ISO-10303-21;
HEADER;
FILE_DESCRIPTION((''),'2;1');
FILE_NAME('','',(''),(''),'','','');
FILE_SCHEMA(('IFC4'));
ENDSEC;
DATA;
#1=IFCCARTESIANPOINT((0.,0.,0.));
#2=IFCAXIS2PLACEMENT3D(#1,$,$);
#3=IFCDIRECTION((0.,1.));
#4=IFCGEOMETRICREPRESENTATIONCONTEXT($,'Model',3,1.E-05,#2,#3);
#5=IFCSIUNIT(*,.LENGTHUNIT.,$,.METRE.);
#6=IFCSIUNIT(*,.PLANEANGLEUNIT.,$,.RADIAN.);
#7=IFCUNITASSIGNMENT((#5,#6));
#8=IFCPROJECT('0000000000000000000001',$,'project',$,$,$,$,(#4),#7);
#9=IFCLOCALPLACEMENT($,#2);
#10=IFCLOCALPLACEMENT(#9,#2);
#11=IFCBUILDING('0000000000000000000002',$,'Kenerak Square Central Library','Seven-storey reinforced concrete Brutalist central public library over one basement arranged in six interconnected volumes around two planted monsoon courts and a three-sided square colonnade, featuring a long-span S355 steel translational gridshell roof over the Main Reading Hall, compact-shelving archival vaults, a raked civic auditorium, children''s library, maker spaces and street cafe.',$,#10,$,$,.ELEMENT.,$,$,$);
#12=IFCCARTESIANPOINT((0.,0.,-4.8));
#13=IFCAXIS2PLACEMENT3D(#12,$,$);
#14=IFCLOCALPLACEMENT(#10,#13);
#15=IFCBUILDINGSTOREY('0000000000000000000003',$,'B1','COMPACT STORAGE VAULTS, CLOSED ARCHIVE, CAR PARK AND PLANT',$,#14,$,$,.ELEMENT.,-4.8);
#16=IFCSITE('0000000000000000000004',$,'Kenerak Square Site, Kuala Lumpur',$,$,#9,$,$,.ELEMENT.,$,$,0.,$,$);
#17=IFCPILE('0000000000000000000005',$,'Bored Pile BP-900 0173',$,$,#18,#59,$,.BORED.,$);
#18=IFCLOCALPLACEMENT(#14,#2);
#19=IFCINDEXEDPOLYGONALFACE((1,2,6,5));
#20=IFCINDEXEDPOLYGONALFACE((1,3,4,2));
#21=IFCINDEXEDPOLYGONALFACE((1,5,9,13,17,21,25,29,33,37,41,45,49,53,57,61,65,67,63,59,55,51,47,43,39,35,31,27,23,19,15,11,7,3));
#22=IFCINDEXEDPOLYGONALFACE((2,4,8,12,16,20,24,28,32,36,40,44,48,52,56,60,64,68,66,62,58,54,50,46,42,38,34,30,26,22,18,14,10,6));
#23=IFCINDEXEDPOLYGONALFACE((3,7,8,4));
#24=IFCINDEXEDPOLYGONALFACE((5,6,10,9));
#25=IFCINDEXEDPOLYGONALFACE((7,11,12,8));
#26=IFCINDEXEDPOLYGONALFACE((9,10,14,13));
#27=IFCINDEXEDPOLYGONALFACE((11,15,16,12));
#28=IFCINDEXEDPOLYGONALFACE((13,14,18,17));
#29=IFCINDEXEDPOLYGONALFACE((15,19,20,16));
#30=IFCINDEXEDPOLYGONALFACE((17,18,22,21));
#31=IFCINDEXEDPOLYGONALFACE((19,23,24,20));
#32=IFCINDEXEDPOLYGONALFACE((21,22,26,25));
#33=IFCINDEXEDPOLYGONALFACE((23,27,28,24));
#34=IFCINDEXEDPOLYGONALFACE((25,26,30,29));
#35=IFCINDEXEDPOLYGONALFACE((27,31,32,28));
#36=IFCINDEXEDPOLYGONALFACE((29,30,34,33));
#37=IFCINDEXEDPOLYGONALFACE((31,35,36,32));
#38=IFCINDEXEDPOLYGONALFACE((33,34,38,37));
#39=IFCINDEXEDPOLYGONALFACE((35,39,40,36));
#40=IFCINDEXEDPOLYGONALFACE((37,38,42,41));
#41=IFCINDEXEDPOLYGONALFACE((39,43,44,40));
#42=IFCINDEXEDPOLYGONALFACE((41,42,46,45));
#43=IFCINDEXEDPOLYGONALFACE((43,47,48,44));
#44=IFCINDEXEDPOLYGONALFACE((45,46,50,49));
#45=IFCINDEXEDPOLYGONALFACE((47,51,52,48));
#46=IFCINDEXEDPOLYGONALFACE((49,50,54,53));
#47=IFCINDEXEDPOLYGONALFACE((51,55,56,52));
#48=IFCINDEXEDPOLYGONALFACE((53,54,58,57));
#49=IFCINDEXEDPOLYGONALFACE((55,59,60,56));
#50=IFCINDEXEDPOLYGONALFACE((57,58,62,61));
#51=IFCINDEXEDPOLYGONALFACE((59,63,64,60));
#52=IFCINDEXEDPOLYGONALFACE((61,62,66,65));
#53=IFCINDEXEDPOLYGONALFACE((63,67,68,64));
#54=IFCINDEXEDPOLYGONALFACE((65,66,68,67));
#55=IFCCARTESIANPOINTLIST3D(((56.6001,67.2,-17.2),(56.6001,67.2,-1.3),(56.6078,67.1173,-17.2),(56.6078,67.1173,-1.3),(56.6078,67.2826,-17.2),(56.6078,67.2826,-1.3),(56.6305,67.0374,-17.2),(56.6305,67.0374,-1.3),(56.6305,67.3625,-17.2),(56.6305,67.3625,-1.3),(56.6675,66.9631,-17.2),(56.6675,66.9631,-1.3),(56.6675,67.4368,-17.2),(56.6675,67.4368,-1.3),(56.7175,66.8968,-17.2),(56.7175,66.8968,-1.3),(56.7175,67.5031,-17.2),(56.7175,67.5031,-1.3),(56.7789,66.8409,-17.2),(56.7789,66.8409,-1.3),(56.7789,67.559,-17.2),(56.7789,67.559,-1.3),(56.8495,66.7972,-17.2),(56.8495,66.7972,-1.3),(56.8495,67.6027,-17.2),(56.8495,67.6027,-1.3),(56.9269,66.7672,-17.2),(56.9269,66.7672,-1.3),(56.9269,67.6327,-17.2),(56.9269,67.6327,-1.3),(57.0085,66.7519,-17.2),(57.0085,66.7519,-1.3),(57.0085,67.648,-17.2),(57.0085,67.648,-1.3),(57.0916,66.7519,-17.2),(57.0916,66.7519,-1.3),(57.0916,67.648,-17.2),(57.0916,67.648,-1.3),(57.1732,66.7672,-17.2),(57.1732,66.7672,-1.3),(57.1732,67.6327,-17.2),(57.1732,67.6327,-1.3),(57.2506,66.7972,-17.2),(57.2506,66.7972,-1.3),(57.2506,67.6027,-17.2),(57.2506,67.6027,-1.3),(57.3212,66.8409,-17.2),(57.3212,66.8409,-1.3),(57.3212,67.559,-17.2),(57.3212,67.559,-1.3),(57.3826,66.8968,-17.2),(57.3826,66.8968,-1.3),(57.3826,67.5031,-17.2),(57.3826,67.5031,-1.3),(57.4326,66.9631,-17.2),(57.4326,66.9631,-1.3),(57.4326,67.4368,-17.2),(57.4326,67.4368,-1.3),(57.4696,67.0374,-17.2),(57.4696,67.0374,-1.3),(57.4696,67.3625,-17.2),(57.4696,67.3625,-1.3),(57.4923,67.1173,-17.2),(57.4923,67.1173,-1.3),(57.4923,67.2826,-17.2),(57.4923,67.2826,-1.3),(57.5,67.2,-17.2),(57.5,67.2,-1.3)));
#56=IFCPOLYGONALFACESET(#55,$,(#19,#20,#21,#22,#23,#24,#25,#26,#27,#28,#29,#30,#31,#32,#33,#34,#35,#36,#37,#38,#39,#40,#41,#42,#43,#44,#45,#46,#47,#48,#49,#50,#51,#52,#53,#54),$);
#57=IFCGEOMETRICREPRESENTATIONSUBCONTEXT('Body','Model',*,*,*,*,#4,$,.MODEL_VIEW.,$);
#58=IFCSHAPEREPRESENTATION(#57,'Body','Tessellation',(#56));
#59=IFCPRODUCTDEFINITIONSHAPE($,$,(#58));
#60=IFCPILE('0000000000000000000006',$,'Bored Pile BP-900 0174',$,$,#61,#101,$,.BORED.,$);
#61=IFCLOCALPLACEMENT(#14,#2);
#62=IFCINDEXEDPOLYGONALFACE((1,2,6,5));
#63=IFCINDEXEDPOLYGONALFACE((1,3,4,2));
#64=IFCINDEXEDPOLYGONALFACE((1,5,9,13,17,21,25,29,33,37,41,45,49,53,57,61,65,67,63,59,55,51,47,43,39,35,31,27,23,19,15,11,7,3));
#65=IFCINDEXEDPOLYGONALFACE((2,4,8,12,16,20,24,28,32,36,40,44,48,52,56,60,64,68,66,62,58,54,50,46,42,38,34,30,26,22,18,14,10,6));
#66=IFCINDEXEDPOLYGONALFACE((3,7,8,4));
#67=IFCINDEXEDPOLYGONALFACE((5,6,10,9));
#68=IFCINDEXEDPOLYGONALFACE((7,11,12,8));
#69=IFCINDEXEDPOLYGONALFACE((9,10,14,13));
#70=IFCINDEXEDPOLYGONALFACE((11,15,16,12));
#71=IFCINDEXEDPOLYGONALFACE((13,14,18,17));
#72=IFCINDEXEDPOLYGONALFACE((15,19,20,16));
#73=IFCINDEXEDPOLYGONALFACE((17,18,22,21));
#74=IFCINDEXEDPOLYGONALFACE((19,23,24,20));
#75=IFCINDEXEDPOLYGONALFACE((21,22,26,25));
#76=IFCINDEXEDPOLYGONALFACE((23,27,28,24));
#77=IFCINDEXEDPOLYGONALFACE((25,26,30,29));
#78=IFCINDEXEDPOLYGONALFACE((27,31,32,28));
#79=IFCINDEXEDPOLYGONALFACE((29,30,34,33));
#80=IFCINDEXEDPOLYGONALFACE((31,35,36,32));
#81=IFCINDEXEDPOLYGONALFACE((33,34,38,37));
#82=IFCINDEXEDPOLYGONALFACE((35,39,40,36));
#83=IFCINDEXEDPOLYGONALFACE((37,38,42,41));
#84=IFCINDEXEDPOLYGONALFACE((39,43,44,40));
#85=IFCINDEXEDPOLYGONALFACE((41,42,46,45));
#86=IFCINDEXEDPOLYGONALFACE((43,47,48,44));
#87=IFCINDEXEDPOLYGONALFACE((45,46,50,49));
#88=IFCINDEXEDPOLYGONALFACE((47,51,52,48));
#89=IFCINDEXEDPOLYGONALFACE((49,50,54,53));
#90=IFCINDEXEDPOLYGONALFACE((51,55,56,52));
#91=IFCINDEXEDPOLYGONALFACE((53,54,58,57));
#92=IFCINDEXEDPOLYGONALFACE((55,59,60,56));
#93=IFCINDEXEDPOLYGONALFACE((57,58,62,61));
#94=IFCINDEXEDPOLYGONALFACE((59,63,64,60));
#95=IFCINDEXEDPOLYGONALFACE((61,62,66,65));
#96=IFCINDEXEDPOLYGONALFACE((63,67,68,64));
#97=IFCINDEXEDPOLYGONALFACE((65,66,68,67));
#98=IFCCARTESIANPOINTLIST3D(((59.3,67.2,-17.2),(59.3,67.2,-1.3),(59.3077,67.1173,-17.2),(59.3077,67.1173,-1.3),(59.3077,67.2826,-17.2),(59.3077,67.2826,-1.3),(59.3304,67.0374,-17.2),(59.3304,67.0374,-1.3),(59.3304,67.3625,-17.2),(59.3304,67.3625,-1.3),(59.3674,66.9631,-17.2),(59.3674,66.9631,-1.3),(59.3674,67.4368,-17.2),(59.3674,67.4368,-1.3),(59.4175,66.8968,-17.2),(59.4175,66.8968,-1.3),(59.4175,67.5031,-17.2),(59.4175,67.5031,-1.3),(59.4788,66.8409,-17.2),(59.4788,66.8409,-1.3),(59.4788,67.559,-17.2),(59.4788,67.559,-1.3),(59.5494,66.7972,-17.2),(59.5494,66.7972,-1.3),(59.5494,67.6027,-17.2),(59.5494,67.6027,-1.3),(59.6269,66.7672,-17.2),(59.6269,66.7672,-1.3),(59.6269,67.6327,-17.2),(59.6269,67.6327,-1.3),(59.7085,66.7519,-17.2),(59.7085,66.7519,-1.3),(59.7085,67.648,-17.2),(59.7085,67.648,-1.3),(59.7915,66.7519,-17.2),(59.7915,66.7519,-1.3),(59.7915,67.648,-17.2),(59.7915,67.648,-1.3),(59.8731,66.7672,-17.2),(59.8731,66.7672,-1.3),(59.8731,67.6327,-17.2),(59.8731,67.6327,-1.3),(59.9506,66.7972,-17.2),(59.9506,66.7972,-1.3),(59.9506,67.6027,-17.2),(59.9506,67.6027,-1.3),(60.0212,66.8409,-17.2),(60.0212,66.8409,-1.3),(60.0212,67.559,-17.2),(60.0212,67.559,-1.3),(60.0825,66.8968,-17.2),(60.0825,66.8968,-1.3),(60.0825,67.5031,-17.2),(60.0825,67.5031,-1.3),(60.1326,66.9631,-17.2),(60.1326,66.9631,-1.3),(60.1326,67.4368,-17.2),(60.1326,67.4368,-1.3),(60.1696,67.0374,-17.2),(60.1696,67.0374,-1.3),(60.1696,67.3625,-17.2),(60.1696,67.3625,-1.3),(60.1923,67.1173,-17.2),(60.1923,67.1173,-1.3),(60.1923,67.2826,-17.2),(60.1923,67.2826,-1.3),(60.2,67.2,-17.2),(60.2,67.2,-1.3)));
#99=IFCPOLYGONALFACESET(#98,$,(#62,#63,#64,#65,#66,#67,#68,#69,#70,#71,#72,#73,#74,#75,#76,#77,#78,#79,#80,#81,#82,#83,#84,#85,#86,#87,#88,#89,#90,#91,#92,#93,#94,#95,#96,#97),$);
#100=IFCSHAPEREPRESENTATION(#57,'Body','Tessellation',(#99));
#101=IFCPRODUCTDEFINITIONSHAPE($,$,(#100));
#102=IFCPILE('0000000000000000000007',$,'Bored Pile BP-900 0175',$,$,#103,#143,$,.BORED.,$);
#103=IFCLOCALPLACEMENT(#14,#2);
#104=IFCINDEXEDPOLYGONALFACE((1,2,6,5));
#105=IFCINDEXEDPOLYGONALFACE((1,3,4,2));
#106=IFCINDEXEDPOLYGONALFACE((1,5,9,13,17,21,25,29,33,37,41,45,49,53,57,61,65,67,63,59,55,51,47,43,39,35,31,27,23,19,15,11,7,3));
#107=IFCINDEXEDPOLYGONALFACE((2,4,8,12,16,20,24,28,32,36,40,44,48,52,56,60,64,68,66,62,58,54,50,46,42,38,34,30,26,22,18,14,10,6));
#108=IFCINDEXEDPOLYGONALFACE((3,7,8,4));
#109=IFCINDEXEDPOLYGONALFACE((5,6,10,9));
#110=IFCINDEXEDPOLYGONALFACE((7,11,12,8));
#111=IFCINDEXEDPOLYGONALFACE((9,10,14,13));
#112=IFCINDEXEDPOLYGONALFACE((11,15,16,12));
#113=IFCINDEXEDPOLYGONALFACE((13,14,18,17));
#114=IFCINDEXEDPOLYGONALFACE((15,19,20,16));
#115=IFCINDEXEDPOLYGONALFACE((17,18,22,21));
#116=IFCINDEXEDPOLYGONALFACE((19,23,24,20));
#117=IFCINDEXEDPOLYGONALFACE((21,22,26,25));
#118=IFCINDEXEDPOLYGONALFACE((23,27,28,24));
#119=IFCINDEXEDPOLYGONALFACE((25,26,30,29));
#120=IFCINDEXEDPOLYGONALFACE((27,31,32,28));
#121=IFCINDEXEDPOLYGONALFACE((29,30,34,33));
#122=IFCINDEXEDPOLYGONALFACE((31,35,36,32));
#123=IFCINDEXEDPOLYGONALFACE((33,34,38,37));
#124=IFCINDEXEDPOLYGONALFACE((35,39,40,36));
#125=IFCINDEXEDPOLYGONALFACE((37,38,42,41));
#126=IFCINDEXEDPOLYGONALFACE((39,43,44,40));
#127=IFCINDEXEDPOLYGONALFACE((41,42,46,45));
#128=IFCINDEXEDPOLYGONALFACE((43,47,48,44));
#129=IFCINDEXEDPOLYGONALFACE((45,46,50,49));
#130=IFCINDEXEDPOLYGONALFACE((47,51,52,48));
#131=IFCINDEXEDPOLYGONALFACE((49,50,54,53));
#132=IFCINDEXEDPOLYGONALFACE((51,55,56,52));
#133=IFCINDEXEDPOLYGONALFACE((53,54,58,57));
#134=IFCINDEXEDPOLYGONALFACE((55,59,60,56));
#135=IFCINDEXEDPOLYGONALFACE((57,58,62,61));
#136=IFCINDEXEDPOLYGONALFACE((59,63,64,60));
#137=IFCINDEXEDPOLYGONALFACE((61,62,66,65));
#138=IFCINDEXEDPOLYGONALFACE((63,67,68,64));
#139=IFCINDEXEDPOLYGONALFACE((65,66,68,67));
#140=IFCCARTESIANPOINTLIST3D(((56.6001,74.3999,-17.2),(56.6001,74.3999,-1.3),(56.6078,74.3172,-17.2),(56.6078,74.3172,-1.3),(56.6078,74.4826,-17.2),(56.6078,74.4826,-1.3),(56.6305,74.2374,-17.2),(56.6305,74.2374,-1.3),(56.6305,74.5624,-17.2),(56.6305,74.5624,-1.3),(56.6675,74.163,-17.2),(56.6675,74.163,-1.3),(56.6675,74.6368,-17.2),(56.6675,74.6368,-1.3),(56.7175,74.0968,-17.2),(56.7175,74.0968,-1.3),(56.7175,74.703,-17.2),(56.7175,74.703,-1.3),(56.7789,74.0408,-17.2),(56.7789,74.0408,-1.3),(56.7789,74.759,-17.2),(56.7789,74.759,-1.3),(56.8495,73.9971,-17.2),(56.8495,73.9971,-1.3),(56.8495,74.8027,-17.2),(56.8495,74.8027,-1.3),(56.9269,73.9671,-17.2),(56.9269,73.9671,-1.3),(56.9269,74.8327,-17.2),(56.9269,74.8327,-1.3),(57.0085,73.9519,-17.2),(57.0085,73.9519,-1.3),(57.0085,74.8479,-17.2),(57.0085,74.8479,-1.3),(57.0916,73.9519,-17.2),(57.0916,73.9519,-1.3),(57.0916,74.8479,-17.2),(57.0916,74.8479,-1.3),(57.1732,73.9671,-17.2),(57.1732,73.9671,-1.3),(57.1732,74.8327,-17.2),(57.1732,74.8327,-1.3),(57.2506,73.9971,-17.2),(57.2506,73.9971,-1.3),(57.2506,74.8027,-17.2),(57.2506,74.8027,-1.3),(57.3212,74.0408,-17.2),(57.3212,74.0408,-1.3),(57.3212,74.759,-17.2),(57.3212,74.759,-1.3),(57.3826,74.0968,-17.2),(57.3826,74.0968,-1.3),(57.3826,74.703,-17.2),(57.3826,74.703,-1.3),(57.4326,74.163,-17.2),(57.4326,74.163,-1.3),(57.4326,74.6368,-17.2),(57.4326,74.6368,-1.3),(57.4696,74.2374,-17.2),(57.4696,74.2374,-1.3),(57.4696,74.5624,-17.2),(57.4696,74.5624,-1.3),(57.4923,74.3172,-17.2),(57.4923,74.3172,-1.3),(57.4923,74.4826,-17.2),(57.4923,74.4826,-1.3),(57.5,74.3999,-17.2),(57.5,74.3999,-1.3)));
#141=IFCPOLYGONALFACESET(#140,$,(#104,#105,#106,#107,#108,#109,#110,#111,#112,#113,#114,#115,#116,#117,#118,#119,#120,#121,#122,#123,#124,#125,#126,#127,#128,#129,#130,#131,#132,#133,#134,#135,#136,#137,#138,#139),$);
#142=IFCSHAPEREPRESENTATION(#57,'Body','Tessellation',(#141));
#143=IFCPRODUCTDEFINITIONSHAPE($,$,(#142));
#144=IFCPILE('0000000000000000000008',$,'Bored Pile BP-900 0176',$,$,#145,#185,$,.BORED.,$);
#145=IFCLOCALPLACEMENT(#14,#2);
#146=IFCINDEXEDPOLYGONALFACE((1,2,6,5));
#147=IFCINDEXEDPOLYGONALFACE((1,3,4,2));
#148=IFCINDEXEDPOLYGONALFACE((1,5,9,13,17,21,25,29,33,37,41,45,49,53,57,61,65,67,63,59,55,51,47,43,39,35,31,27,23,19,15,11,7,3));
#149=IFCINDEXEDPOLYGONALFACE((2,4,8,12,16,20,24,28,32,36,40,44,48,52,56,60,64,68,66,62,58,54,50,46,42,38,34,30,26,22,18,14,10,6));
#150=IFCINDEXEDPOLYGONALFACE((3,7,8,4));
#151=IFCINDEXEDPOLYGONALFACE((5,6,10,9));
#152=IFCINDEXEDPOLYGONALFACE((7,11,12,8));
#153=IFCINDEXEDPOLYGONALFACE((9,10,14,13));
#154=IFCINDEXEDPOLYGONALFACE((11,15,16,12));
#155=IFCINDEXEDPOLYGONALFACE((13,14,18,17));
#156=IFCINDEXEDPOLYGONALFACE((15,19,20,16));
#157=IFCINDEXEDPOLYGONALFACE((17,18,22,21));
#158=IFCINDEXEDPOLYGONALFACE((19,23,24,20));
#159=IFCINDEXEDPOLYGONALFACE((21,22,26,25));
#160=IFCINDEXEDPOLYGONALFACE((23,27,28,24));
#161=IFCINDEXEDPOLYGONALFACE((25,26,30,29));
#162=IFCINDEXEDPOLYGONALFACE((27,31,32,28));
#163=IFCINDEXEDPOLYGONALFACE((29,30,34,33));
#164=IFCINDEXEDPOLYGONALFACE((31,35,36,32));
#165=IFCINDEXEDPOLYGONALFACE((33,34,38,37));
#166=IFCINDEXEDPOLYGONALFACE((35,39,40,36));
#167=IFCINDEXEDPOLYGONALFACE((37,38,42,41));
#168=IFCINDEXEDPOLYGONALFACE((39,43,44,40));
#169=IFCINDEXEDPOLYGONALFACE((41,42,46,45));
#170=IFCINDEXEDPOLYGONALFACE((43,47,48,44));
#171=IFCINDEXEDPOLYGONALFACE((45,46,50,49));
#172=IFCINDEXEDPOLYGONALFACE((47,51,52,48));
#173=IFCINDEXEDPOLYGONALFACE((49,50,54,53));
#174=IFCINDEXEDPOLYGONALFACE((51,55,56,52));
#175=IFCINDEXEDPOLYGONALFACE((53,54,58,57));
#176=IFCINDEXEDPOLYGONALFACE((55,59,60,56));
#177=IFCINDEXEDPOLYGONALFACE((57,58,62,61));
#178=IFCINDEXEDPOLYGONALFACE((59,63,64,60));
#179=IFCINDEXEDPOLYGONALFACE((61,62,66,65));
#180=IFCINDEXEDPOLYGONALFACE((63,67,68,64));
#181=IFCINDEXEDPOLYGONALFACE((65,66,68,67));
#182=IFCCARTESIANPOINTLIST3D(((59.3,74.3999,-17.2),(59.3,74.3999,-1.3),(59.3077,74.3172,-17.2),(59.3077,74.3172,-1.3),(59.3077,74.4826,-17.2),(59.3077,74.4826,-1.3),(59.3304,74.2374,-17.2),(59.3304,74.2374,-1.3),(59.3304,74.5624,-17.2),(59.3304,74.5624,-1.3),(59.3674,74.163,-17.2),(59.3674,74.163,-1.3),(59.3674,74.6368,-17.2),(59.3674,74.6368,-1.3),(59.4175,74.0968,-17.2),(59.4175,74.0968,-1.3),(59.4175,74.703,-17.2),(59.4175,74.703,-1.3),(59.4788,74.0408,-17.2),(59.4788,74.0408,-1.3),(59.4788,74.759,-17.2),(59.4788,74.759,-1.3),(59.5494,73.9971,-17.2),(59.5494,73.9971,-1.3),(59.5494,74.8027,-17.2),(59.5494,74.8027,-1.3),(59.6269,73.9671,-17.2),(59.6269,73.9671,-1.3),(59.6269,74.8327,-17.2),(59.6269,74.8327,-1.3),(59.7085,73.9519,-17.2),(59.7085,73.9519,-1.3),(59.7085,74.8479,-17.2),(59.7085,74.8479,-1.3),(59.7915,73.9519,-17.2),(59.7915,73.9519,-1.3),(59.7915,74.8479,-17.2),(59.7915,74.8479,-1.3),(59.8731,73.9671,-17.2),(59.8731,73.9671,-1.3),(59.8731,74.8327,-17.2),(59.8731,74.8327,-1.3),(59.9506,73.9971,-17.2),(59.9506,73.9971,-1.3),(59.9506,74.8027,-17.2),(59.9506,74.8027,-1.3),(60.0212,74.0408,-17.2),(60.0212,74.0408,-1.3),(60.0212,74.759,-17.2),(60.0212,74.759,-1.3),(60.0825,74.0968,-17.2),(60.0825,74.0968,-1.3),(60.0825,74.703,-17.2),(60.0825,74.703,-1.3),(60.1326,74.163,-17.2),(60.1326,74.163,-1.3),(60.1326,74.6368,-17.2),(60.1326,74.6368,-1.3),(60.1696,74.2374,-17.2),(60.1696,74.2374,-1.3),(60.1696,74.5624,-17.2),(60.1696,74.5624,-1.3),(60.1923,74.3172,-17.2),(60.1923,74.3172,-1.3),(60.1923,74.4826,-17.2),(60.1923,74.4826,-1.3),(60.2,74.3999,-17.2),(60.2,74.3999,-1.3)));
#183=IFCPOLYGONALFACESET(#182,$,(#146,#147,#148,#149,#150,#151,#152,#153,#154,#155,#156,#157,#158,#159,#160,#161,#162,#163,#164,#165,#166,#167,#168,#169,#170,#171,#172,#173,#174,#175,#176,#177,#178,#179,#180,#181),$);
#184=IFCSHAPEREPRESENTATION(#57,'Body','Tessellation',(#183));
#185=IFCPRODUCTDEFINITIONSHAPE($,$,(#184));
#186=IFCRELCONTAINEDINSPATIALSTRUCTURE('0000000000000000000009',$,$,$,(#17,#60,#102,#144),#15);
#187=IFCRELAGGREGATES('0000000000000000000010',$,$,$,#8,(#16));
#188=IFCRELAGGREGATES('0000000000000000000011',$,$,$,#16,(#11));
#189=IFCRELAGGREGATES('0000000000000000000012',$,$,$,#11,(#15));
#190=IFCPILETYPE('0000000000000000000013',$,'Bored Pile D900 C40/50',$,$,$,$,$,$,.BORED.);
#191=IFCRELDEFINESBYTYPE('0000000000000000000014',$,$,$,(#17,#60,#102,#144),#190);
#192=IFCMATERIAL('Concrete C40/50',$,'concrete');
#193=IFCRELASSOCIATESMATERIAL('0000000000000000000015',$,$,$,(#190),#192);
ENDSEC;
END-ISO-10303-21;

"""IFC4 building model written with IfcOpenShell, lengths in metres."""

from ifc_helpers import new_model, si_unit, direction, frame, origin, origin_2d, place, context, subcontext, project, spatial, circle, extrude, material, material_profile, profile_set, type_object, element, save


model = new_model("IFC4")

# Units and contexts
model_context = context("Model", 3, precision=1e-05, world=origin(), true_north=direction((0.0, 1.0)))
body_context = subcontext(model_context, "Body", "Model", "MODEL_VIEW")
ifc_project = project(units=[si_unit("LENGTHUNIT", "METRE"), si_unit("PLANEANGLEUNIT", "RADIAN")], contexts=[model_context])

# Site, building, storey
site_placement = place(None, origin())
site = spatial("IfcSite", under=ifc_project, at=site_placement, Name="Kenerak Square Site, Kuala Lumpur", CompositionType="ELEMENT", RefElevation=0.0)
building_placement = place(site_placement, origin())
building = spatial("IfcBuilding", under=site, at=building_placement, Name="Kenerak Square Central Library", Description="Seven-storey reinforced concrete Brutalist central public library over one basement arranged in six interconnected volumes around two planted monsoon courts and a three-sided square colonnade, featuring a long-span S355 steel translational gridshell roof over the Main Reading Hall, compact-shelving archival vaults, a raked civic auditorium, children's library, maker spaces and street cafe.", CompositionType="ELEMENT")
storey_placement = place(building_placement, frame((0.0, 0.0, -4.8)))
storey = spatial("IfcBuildingStorey", under=building, at=storey_placement, Name="B1", Description="COMPACT STORAGE VAULTS, CLOSED ARCHIVE, CAR PARK AND PLANT", CompositionType="ELEMENT", Elevation=-4.8)

# Piles
ifc_material_1 = material(Name="Concrete C40/50", Category="concrete")
ifc_material_profile_1 = material_profile(ifc_material_1, circle(Radius=0.45, at=origin_2d()), Name="BP D900")
ifc_profile_set_1 = profile_set([ifc_material_profile_1], Name="Concrete C40/50")
pile_type = type_object("IfcPileType", Name="Bored Pile D900 C40/50", PredefinedType="BORED", material=ifc_profile_set_1)
for number, where, z_axis, x_axis, name in (
    (1, (57.05, 67.2, -1.3), (0.0, 0.0, -1.0), (1.0, 0.0, 0.0), "Bored Pile BP-900 0173"),
    (2, (59.75, 67.2, -1.3), (0.0, 0.0, -1.0), (1.0, 0.0, 0.0), "Bored Pile BP-900 0174"),
    (3, (57.05, 74.3999, -1.3), (0.0, 0.0, -1.0), (1.0, 0.0, 0.0), "Bored Pile BP-900 0175"),
    (4, (59.75, 74.3999, -1.3), (0.0, 0.0, -1.0), (1.0, 0.0, 0.0), "Bored Pile BP-900 0176"),
):
    element("IfcPile", number, at=place(storey_placement, frame(where, z_axis=z_axis, x_axis=x_axis)), inside=storey, type_object=pile_type, Name=name, PredefinedType="BORED", context=body_context, shape_type="SweptSolid", body=[
        extrude(circle(Radius=0.45, at=origin_2d()), origin(), (0.0, 0.0, 1.0), 15.8999),
    ])

save(model, "model.ifc")
